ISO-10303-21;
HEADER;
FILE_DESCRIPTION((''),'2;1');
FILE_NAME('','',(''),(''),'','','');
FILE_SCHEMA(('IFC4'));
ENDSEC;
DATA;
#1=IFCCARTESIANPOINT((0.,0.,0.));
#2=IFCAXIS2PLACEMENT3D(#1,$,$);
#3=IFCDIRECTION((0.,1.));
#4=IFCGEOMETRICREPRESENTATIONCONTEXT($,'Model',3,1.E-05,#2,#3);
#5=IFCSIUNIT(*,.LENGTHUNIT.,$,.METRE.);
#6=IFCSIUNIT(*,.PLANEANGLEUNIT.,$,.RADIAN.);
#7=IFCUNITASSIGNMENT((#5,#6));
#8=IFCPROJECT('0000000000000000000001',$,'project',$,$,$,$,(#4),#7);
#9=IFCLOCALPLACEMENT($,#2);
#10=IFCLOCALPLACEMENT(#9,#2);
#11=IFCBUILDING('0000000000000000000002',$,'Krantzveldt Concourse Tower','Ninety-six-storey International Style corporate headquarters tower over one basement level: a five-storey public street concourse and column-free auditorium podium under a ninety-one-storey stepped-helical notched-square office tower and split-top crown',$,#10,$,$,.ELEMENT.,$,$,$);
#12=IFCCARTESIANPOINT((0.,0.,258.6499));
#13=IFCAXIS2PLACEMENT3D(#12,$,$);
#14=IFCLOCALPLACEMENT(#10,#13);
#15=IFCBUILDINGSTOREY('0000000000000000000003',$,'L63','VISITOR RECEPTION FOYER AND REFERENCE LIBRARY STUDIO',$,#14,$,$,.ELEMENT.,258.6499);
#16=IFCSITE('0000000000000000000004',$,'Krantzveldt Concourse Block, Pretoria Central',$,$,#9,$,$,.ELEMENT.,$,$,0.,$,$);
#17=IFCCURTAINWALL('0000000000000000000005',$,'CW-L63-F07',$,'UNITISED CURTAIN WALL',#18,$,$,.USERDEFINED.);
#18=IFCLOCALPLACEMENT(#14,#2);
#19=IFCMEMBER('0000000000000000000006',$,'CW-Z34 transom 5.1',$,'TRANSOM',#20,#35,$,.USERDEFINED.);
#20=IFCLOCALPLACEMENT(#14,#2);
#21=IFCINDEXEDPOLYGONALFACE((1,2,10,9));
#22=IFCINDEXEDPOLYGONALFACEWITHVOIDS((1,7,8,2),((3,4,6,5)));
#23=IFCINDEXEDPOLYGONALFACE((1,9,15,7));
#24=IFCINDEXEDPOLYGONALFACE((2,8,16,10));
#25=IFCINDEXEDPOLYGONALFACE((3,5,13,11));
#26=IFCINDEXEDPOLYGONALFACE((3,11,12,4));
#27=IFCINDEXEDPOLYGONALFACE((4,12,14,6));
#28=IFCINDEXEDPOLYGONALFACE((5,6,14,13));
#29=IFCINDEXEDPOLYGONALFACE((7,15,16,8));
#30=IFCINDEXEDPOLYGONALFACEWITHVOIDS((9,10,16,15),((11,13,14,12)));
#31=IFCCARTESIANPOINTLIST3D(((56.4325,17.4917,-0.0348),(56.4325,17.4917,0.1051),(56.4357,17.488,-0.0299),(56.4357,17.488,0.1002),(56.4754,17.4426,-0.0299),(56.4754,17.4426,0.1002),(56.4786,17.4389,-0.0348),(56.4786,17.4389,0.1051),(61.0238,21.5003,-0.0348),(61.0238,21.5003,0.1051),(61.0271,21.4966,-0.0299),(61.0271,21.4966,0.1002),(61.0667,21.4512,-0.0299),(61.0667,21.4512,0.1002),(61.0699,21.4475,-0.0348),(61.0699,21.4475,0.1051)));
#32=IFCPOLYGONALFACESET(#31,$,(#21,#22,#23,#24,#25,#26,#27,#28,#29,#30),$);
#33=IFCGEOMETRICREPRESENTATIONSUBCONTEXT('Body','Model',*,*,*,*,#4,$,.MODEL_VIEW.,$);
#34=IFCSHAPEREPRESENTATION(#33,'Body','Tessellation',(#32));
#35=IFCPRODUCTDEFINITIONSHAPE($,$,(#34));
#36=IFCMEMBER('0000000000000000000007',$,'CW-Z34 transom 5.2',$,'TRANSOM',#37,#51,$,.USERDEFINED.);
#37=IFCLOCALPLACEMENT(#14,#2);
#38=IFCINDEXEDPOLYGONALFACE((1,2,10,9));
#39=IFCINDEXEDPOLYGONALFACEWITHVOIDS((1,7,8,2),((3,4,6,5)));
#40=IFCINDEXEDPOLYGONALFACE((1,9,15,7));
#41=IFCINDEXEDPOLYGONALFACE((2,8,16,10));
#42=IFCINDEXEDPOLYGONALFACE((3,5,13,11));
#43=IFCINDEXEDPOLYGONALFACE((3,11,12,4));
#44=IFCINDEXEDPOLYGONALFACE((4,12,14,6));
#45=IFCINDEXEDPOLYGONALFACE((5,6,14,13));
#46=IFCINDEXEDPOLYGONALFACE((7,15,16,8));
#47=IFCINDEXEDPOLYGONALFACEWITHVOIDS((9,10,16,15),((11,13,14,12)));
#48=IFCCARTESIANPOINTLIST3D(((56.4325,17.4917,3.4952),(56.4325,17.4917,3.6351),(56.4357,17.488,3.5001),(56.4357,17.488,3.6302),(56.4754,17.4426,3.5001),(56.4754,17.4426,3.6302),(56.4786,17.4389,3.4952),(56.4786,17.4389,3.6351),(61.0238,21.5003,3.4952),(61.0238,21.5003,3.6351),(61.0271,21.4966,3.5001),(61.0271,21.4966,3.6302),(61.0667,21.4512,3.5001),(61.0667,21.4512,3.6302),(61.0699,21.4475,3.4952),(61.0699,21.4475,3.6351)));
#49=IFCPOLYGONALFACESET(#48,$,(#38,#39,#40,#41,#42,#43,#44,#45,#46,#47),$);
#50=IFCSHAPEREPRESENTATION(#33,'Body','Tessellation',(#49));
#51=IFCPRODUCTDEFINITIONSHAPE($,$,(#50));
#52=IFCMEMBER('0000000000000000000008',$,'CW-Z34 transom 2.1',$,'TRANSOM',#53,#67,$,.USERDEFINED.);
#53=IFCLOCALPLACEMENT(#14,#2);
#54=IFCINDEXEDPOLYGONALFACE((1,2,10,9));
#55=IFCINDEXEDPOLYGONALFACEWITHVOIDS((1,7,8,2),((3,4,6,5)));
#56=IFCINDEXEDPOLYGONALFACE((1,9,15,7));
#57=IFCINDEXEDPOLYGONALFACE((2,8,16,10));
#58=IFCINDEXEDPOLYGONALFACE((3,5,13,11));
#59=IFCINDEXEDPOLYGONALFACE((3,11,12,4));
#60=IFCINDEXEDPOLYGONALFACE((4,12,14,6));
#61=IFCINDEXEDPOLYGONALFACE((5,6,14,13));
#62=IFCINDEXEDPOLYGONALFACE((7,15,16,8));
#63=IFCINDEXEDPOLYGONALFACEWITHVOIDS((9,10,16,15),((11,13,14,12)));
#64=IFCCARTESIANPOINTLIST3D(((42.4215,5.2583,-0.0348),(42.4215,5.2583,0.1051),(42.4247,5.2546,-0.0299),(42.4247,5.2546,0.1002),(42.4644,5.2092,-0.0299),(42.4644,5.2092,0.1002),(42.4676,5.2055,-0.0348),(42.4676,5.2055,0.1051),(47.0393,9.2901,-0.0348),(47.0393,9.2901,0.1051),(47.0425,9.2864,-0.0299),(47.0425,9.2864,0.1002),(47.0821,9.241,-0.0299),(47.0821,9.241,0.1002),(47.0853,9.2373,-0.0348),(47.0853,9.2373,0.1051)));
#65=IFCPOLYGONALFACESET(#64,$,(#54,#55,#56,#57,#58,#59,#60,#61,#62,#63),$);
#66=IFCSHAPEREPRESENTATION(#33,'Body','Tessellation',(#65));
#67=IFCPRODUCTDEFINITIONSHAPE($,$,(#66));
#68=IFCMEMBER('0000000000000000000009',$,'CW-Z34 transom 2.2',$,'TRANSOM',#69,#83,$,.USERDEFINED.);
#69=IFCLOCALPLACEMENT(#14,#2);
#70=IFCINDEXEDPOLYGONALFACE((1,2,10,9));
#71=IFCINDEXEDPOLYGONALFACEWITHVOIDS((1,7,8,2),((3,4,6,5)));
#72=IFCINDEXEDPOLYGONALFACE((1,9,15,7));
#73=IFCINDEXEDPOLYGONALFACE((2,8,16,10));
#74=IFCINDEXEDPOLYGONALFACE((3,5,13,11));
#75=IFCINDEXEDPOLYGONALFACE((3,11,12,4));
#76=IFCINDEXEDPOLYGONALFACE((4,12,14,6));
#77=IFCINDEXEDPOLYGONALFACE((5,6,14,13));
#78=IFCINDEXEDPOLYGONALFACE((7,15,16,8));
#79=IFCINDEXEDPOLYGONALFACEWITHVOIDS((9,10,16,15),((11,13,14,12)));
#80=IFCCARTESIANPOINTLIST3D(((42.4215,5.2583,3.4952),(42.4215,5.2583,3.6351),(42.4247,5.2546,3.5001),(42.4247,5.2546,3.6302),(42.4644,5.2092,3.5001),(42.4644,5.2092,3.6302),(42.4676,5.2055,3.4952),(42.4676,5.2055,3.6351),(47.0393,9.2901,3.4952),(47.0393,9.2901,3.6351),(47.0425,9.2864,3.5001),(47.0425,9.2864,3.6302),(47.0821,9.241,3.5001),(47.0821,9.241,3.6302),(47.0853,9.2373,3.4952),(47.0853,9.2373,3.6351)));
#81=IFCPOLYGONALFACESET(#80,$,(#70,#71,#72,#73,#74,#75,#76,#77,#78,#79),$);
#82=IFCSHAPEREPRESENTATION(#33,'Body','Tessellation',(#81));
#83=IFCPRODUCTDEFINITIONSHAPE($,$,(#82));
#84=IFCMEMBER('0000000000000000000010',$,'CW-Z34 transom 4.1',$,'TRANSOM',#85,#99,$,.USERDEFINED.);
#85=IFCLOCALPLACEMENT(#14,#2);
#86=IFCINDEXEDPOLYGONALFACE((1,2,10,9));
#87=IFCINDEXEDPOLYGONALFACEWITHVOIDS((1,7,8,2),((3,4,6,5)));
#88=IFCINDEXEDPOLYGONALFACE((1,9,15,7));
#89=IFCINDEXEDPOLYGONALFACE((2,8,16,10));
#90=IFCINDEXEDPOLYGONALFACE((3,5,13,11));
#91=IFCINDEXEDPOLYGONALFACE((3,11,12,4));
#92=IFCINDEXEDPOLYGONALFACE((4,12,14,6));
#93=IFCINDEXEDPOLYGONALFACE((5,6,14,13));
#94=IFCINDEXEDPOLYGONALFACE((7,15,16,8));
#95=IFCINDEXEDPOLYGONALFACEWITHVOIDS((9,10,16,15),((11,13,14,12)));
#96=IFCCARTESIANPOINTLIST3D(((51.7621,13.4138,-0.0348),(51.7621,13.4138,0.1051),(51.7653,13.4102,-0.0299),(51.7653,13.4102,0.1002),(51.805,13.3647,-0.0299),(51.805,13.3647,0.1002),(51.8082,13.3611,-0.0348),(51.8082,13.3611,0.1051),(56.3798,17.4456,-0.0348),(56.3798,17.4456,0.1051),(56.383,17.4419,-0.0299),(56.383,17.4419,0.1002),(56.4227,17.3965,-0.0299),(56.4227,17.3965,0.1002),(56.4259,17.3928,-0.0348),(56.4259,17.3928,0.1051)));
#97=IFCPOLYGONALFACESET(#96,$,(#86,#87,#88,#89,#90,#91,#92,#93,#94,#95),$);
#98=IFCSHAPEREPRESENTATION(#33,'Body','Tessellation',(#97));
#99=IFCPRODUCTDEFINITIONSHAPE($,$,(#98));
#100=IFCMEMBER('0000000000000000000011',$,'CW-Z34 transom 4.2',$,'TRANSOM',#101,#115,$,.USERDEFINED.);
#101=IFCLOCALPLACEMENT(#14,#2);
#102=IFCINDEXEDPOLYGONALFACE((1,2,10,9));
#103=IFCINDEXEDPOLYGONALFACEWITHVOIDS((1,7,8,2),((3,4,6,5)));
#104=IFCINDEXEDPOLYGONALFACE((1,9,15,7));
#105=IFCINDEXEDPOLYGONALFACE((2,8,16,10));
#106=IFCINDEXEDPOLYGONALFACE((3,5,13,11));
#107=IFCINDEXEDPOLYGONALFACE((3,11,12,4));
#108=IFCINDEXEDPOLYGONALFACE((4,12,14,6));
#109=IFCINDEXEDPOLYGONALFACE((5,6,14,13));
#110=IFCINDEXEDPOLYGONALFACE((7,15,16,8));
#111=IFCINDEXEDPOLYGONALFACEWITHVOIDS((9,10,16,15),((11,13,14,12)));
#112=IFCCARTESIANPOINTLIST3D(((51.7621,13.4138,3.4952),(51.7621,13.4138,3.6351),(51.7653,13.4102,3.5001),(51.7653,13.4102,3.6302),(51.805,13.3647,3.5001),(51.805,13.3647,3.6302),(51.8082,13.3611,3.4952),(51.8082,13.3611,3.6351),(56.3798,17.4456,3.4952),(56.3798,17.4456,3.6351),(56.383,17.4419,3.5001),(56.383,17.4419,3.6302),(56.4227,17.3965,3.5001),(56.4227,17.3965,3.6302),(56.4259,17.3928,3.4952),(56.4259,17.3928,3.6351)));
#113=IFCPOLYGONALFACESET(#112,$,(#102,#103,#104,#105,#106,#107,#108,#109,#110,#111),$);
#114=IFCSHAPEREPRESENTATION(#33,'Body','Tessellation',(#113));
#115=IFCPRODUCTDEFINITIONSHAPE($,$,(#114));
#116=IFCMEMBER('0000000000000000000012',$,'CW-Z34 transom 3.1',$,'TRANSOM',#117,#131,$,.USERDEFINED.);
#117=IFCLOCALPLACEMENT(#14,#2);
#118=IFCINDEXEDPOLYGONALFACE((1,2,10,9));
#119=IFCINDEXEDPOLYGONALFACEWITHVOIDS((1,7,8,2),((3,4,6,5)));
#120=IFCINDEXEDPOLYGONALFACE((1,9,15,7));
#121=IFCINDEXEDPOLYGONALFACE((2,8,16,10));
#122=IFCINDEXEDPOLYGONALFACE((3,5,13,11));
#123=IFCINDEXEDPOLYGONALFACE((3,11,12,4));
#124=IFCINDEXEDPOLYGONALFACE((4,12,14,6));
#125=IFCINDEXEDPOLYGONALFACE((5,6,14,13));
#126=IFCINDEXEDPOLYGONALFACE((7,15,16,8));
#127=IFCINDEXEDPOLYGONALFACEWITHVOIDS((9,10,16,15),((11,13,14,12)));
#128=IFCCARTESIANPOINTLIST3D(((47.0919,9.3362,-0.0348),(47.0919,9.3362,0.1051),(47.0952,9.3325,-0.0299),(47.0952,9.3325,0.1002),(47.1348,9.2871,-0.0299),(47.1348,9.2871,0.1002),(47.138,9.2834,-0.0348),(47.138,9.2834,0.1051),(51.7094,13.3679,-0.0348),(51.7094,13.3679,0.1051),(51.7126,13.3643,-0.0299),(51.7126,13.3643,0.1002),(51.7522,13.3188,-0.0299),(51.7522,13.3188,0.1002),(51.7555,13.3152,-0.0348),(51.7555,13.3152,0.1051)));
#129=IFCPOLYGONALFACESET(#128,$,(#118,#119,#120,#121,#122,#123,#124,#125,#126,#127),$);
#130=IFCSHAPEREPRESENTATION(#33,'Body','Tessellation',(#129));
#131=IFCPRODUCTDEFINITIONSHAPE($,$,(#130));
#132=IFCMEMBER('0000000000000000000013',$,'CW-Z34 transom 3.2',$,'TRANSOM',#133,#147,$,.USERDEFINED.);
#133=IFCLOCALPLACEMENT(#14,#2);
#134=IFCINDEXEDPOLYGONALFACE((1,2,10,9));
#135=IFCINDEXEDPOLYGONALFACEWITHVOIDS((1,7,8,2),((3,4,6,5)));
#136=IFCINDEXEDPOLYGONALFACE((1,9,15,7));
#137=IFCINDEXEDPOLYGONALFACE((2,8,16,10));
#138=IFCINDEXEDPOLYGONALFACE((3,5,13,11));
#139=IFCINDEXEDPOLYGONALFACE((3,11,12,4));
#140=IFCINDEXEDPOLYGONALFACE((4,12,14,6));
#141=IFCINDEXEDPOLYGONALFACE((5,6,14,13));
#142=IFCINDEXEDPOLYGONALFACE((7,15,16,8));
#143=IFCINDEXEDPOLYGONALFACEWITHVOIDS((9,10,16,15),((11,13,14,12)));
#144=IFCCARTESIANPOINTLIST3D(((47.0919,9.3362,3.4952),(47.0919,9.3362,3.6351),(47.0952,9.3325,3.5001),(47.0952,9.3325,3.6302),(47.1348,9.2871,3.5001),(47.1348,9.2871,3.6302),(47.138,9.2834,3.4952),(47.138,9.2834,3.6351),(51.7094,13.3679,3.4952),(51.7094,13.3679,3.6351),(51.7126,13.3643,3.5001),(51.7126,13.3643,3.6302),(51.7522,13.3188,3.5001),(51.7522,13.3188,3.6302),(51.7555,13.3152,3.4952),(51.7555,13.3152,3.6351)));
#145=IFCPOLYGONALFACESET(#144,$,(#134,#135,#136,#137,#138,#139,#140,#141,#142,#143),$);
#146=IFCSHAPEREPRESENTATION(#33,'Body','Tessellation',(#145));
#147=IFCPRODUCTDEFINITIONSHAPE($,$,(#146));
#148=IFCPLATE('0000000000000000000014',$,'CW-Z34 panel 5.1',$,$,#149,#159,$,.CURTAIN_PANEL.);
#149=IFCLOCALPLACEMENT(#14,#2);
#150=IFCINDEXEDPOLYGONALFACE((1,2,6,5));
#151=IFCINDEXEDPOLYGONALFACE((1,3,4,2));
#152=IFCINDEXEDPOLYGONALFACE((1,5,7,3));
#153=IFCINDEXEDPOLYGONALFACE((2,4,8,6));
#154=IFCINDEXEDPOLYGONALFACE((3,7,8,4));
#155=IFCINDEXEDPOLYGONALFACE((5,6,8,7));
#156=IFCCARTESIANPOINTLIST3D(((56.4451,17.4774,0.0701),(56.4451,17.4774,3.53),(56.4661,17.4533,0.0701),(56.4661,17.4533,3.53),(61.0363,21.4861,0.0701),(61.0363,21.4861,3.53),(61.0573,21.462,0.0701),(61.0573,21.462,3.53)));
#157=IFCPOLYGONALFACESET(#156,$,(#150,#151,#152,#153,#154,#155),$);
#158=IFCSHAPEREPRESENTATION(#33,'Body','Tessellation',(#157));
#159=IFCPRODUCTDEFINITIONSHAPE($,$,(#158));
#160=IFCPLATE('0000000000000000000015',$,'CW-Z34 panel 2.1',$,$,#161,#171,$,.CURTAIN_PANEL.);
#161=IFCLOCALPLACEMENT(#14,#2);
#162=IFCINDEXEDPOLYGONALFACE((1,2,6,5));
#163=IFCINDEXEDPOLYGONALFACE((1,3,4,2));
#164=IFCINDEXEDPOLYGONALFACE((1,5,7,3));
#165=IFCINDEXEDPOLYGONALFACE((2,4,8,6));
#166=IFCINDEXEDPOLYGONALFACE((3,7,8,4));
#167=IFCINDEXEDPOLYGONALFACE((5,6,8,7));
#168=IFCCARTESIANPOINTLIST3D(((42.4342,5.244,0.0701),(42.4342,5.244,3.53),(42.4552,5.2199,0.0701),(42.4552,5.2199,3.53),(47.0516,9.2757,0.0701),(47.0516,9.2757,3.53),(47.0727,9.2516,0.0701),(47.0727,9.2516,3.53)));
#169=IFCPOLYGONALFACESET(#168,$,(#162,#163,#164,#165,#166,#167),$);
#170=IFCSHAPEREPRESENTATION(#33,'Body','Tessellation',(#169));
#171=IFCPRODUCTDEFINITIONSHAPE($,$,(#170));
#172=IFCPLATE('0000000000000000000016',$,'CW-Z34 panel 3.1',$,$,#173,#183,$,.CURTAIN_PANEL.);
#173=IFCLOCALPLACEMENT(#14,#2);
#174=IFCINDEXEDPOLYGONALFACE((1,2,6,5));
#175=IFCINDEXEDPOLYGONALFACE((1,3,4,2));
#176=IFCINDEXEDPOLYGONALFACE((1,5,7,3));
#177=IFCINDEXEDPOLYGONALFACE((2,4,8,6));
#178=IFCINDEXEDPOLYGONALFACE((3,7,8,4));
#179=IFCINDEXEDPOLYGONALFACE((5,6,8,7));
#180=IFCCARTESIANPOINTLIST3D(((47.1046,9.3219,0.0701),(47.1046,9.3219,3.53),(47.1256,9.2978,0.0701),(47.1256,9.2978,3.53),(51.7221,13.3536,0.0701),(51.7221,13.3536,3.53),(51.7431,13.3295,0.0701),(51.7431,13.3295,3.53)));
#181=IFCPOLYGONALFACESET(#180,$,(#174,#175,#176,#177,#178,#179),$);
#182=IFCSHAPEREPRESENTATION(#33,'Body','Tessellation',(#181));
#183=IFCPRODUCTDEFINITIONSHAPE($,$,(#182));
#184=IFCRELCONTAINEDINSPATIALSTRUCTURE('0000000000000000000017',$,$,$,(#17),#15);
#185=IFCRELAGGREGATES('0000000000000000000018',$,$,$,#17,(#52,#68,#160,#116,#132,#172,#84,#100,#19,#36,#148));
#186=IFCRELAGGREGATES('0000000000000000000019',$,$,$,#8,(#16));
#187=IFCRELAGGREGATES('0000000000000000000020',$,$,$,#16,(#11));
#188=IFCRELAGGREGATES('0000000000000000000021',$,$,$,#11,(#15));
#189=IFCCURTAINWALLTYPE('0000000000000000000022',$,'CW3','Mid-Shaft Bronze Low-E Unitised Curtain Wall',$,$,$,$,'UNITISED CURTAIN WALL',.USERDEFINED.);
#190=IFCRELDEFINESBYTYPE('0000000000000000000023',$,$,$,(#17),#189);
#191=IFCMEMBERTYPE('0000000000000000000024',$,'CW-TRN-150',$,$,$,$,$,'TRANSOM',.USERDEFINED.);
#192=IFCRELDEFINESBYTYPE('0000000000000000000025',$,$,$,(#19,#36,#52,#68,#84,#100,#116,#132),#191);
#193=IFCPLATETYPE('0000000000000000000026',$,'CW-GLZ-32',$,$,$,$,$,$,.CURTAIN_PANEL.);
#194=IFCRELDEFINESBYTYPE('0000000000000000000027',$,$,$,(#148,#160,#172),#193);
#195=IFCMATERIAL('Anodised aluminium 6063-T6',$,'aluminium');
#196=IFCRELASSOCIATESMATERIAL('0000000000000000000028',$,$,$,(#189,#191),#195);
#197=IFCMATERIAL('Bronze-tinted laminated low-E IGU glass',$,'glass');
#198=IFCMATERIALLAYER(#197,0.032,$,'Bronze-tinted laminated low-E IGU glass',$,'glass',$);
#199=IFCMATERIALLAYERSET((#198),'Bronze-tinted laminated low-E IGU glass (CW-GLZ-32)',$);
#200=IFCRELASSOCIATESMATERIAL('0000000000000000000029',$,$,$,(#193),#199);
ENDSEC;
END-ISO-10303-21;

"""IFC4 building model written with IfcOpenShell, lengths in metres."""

from ifc_helpers import new_model, si_unit, direction, frame, origin, origin_2d, place, context, subcontext, project, spatial, rectangle, hollow_rectangle, extrude, source, transform, mapped, material, layer, layer_set, material_profile, profile_set, type_object, type_shapes, element, aggregate, save


model = new_model("IFC4")

# Units and contexts
model_context = context("Model", 3, precision=1e-05, world=origin(), true_north=direction((0.0, 1.0)))
body_context = subcontext(model_context, "Body", "Model", "MODEL_VIEW")
ifc_project = project(units=[si_unit("LENGTHUNIT", "METRE"), si_unit("PLANEANGLEUNIT", "RADIAN")], contexts=[model_context])

# Site, building, storey
site_placement = place(None, origin())
site = spatial("IfcSite", under=ifc_project, at=site_placement, Name="Krantzveldt Concourse Block, Pretoria Central", CompositionType="ELEMENT", RefElevation=0.0)
building_placement = place(site_placement, origin())
building = spatial("IfcBuilding", under=site, at=building_placement, Name="Krantzveldt Concourse Tower", Description="Ninety-six-storey International Style corporate headquarters tower over one basement level: a five-storey public street concourse and column-free auditorium podium under a ninety-one-storey stepped-helical notched-square office tower and split-top crown", CompositionType="ELEMENT")
storey_placement = place(building_placement, frame((0.0, 0.0, 258.6499)))
storey = spatial("IfcBuildingStorey", under=building, at=storey_placement, Name="L63", Description="VISITOR RECEPTION FOYER AND REFERENCE LIBRARY STUDIO", CompositionType="ELEMENT", Elevation=258.6499)

# Curtain wall, members, plates
ifc_material_1 = material(Name="Anodised aluminium 6063-T6", Category="aluminium")
curtain_wall_type = type_object("IfcCurtainWallType", Name="CW3", Description="Mid-Shaft Bronze Low-E Unitised Curtain Wall", ElementType="UNITISED CURTAIN WALL", PredefinedType="USERDEFINED", material=ifc_material_1)
curtain_wall_placement = place(storey_placement, origin())
curtain_wall = element("IfcCurtainWall", 1, at=curtain_wall_placement, inside=storey, type_object=curtain_wall_type, Name="CW-L63-F07", ObjectType="UNITISED CURTAIN WALL", PredefinedType="USERDEFINED")
ifc_material_profile_1 = material_profile(ifc_material_1, hollow_rectangle(XDim=0.0701, YDim=0.1399, WallThickness=0.0049, at=origin_2d()), Name="Anodised aluminium 6063-T6", Category="aluminium")
ifc_profile_set_1 = profile_set([ifc_material_profile_1], Name="Anodised aluminium 6063-T6 - ALU-TRAN 140x70x5")
member_type_1 = type_object("IfcMemberType", Name="CW-TRN-150", ElementType="TRANSOM", PredefinedType="USERDEFINED", material=ifc_profile_set_1)
shared_shape_1 = source(origin(), body_context, "Body", "SweptSolid", [
    extrude(hollow_rectangle(XDim=0.0701, YDim=0.1399, WallThickness=0.0049, at=origin_2d()), origin(), (0.0, 0.0, 1.0), 6.095),
])
member_1_placement = place(storey_placement, frame((56.4556, 17.4653, 0.0352), z_axis=(0.753296, 0.657682, 0.0), x_axis=(-0.657682, 0.753296, 0.0)))
member_1 = element("IfcMember", 2, at=member_1_placement, type_object=member_type_1, Name="CW-Z34 transom 5.1", ObjectType="TRANSOM", PredefinedType="USERDEFINED", context=body_context, shape_type="MappedRepresentation", body=[
    mapped(shared_shape_1, transform((0.0, 0.0, 0.0), x_axis=(1.0, 0.0, 0.0), y_axis=(0.0, 1.0, 0.0), z_axis=(0.0, 0.0, 1.0), scale=1.0)),
])
member_2_placement = place(storey_placement, frame((56.4556, 17.4653, 3.5652), z_axis=(0.753296, 0.657682, 0.0), x_axis=(-0.657682, 0.753296, 0.0)))
member_2 = element("IfcMember", 3, at=member_2_placement, type_object=member_type_1, Name="CW-Z34 transom 5.2", ObjectType="TRANSOM", PredefinedType="USERDEFINED", context=body_context, shape_type="MappedRepresentation", body=[
    mapped(shared_shape_1, transform((0.0, 0.0, 0.0), x_axis=(1.0, 0.0, 0.0), y_axis=(0.0, 1.0, 0.0), z_axis=(0.0, 0.0, 1.0), scale=1.0)),
])
shared_shape_2 = source(origin(), body_context, "Body", "SweptSolid", [
    extrude(hollow_rectangle(XDim=0.0701, YDim=0.1399, WallThickness=0.0049, at=origin_2d()), origin(), (0.0, 0.0, 1.0), 6.1301),
])
member_3_placement = place(storey_placement, frame((42.4446, 5.2319, 0.0352), z_axis=(0.753282, 0.657698, 0.0), x_axis=(-0.657698, 0.753282, 0.0)))
member_3 = element("IfcMember", 4, at=member_3_placement, type_object=member_type_1, Name="CW-Z34 transom 2.1", ObjectType="TRANSOM", PredefinedType="USERDEFINED", context=body_context, shape_type="MappedRepresentation", body=[
    mapped(shared_shape_2, transform((0.0, 0.0, 0.0), x_axis=(1.0, 0.0, 0.0), y_axis=(0.0, 1.0, 0.0), z_axis=(0.0, 0.0, 1.0), scale=1.0)),
])
member_4_placement = place(storey_placement, frame((42.4446, 5.2319, 3.5652), z_axis=(0.753282, 0.657698, 0.0), x_axis=(-0.657698, 0.753282, 0.0)))
member_4 = element("IfcMember", 5, at=member_4_placement, type_object=member_type_1, Name="CW-Z34 transom 2.2", ObjectType="TRANSOM", PredefinedType="USERDEFINED", context=body_context, shape_type="MappedRepresentation", body=[
    mapped(shared_shape_2, transform((0.0, 0.0, 0.0), x_axis=(1.0, 0.0, 0.0), y_axis=(0.0, 1.0, 0.0), z_axis=(0.0, 0.0, 1.0), scale=1.0)),
])
member_5_placement = place(storey_placement, frame((51.7852, 13.3875, 0.0352), z_axis=(0.753282, 0.657698, 0.0), x_axis=(-0.657698, 0.753282, 0.0)))
member_5 = element("IfcMember", 6, at=member_5_placement, type_object=member_type_1, Name="CW-Z34 transom 4.1", ObjectType="TRANSOM", PredefinedType="USERDEFINED", context=body_context, shape_type="MappedRepresentation", body=[
    mapped(shared_shape_2, transform((0.0, 0.0, 0.0), x_axis=(1.0, 0.0, 0.0), y_axis=(0.0, 1.0, 0.0), z_axis=(0.0, 0.0, 1.0), scale=1.0)),
])
member_6_placement = place(storey_placement, frame((51.7852, 13.3875, 3.5652), z_axis=(0.753282, 0.657698, 0.0), x_axis=(-0.657698, 0.753282, 0.0)))
member_6 = element("IfcMember", 7, at=member_6_placement, type_object=member_type_1, Name="CW-Z34 transom 4.2", ObjectType="TRANSOM", PredefinedType="USERDEFINED", context=body_context, shape_type="MappedRepresentation", body=[
    mapped(shared_shape_2, transform((0.0, 0.0, 0.0), x_axis=(1.0, 0.0, 0.0), y_axis=(0.0, 1.0, 0.0), z_axis=(0.0, 0.0, 1.0), scale=1.0)),
])
shared_shape_3 = source(origin(), body_context, "Body", "SweptSolid", [
    extrude(hollow_rectangle(XDim=0.0701, YDim=0.1399, WallThickness=0.0049, at=origin_2d()), origin(), (0.0, 0.0, 1.0), 6.1299),
])
type_shapes(member_type_1, [shared_shape_1, shared_shape_2, shared_shape_3])
member_7_placement = place(storey_placement, frame((47.115, 9.3098, 0.0352), z_axis=(0.753265, 0.657718, 0.0), x_axis=(-0.657718, 0.753265, 0.0)))
member_7 = element("IfcMember", 8, at=member_7_placement, type_object=member_type_1, Name="CW-Z34 transom 3.1", ObjectType="TRANSOM", PredefinedType="USERDEFINED", context=body_context, shape_type="MappedRepresentation", body=[
    mapped(shared_shape_3, transform((0.0, 0.0, 0.0), x_axis=(1.0, 0.0, 0.0), y_axis=(0.0, 1.0, 0.0), z_axis=(0.0, 0.0, 1.0), scale=1.0)),
])
member_8_placement = place(storey_placement, frame((47.115, 9.3098, 3.5652), z_axis=(0.753265, 0.657718, 0.0), x_axis=(-0.657718, 0.753265, 0.0)))
member_8 = element("IfcMember", 9, at=member_8_placement, type_object=member_type_1, Name="CW-Z34 transom 3.2", ObjectType="TRANSOM", PredefinedType="USERDEFINED", context=body_context, shape_type="MappedRepresentation", body=[
    mapped(shared_shape_3, transform((0.0, 0.0, 0.0), x_axis=(1.0, 0.0, 0.0), y_axis=(0.0, 1.0, 0.0), z_axis=(0.0, 0.0, 1.0), scale=1.0)),
])
ifc_material_2 = material(Name="Bronze-tinted laminated low-E IGU glass", Category="glass")
ifc_layer_1 = layer(ifc_material_2, 0.032, Name="Bronze-tinted laminated low-E IGU glass", Category="glass")
ifc_layer_set_1 = layer_set([ifc_layer_1], Name="Bronze-tinted laminated low-E IGU glass (CW-GLZ-32)")
plate_type = type_object("IfcPlateType", Name="CW-GLZ-32", PredefinedType="CURTAIN_PANEL", material=ifc_layer_set_1)
shared_shape_4 = source(origin(), body_context, "Body", "SweptSolid", [
    extrude(rectangle(XDim=6.095, YDim=0.032, at=origin_2d()), origin(), (0.0, 0.0, 1.0), 3.46),
])
plate_1_placement = place(storey_placement, frame((58.7512, 19.4697, 0.0701), z_axis=(0.0, 0.0, 1.0), x_axis=(0.753277, 0.657704, 0.0)))
plate_1 = element("IfcPlate", 10, at=plate_1_placement, type_object=plate_type, Name="CW-Z34 panel 5.1", PredefinedType="CURTAIN_PANEL", context=body_context, shape_type="MappedRepresentation", body=[
    mapped(shared_shape_4, transform((0.0, 0.0, 0.0), x_axis=(1.0, 0.0, 0.0), y_axis=(0.0, 1.0, 0.0), z_axis=(0.0, 0.0, 1.0), scale=1.0)),
])
shared_shape_5 = source(origin(), body_context, "Body", "SweptSolid", [
    extrude(rectangle(XDim=6.1299, YDim=0.032, at=origin_2d()), origin(), (0.0, 0.0, 1.0), 3.46),
])
type_shapes(plate_type, [shared_shape_4, shared_shape_5])
plate_2_placement = place(storey_placement, frame((44.7534, 7.2478, 0.0701), z_axis=(0.0, 0.0, 1.0), x_axis=(0.753277, 0.657704, 0.0)))
plate_2 = element("IfcPlate", 11, at=plate_2_placement, type_object=plate_type, Name="CW-Z34 panel 2.1", PredefinedType="CURTAIN_PANEL", context=body_context, shape_type="MappedRepresentation", body=[
    mapped(shared_shape_5, transform((0.0, 0.0, 0.0), x_axis=(1.0, 0.0, 0.0), y_axis=(0.0, 1.0, 0.0), z_axis=(0.0, 0.0, 1.0), scale=1.0)),
])
plate_3_placement = place(storey_placement, frame((49.4238, 11.3257, 0.0701), z_axis=(0.0, 0.0, 1.0), x_axis=(0.753277, 0.657704, 0.0)))
plate_3 = element("IfcPlate", 12, at=plate_3_placement, type_object=plate_type, Name="CW-Z34 panel 3.1", PredefinedType="CURTAIN_PANEL", context=body_context, shape_type="MappedRepresentation", body=[
    mapped(shared_shape_5, transform((0.0, 0.0, 0.0), x_axis=(1.0, 0.0, 0.0), y_axis=(0.0, 1.0, 0.0), z_axis=(0.0, 0.0, 1.0), scale=1.0)),
])
aggregate(curtain_wall, [member_3, member_4, plate_2, member_7, member_8, plate_3, member_5, member_6, member_1, member_2, plate_1])

save(model, "model.ifc")
